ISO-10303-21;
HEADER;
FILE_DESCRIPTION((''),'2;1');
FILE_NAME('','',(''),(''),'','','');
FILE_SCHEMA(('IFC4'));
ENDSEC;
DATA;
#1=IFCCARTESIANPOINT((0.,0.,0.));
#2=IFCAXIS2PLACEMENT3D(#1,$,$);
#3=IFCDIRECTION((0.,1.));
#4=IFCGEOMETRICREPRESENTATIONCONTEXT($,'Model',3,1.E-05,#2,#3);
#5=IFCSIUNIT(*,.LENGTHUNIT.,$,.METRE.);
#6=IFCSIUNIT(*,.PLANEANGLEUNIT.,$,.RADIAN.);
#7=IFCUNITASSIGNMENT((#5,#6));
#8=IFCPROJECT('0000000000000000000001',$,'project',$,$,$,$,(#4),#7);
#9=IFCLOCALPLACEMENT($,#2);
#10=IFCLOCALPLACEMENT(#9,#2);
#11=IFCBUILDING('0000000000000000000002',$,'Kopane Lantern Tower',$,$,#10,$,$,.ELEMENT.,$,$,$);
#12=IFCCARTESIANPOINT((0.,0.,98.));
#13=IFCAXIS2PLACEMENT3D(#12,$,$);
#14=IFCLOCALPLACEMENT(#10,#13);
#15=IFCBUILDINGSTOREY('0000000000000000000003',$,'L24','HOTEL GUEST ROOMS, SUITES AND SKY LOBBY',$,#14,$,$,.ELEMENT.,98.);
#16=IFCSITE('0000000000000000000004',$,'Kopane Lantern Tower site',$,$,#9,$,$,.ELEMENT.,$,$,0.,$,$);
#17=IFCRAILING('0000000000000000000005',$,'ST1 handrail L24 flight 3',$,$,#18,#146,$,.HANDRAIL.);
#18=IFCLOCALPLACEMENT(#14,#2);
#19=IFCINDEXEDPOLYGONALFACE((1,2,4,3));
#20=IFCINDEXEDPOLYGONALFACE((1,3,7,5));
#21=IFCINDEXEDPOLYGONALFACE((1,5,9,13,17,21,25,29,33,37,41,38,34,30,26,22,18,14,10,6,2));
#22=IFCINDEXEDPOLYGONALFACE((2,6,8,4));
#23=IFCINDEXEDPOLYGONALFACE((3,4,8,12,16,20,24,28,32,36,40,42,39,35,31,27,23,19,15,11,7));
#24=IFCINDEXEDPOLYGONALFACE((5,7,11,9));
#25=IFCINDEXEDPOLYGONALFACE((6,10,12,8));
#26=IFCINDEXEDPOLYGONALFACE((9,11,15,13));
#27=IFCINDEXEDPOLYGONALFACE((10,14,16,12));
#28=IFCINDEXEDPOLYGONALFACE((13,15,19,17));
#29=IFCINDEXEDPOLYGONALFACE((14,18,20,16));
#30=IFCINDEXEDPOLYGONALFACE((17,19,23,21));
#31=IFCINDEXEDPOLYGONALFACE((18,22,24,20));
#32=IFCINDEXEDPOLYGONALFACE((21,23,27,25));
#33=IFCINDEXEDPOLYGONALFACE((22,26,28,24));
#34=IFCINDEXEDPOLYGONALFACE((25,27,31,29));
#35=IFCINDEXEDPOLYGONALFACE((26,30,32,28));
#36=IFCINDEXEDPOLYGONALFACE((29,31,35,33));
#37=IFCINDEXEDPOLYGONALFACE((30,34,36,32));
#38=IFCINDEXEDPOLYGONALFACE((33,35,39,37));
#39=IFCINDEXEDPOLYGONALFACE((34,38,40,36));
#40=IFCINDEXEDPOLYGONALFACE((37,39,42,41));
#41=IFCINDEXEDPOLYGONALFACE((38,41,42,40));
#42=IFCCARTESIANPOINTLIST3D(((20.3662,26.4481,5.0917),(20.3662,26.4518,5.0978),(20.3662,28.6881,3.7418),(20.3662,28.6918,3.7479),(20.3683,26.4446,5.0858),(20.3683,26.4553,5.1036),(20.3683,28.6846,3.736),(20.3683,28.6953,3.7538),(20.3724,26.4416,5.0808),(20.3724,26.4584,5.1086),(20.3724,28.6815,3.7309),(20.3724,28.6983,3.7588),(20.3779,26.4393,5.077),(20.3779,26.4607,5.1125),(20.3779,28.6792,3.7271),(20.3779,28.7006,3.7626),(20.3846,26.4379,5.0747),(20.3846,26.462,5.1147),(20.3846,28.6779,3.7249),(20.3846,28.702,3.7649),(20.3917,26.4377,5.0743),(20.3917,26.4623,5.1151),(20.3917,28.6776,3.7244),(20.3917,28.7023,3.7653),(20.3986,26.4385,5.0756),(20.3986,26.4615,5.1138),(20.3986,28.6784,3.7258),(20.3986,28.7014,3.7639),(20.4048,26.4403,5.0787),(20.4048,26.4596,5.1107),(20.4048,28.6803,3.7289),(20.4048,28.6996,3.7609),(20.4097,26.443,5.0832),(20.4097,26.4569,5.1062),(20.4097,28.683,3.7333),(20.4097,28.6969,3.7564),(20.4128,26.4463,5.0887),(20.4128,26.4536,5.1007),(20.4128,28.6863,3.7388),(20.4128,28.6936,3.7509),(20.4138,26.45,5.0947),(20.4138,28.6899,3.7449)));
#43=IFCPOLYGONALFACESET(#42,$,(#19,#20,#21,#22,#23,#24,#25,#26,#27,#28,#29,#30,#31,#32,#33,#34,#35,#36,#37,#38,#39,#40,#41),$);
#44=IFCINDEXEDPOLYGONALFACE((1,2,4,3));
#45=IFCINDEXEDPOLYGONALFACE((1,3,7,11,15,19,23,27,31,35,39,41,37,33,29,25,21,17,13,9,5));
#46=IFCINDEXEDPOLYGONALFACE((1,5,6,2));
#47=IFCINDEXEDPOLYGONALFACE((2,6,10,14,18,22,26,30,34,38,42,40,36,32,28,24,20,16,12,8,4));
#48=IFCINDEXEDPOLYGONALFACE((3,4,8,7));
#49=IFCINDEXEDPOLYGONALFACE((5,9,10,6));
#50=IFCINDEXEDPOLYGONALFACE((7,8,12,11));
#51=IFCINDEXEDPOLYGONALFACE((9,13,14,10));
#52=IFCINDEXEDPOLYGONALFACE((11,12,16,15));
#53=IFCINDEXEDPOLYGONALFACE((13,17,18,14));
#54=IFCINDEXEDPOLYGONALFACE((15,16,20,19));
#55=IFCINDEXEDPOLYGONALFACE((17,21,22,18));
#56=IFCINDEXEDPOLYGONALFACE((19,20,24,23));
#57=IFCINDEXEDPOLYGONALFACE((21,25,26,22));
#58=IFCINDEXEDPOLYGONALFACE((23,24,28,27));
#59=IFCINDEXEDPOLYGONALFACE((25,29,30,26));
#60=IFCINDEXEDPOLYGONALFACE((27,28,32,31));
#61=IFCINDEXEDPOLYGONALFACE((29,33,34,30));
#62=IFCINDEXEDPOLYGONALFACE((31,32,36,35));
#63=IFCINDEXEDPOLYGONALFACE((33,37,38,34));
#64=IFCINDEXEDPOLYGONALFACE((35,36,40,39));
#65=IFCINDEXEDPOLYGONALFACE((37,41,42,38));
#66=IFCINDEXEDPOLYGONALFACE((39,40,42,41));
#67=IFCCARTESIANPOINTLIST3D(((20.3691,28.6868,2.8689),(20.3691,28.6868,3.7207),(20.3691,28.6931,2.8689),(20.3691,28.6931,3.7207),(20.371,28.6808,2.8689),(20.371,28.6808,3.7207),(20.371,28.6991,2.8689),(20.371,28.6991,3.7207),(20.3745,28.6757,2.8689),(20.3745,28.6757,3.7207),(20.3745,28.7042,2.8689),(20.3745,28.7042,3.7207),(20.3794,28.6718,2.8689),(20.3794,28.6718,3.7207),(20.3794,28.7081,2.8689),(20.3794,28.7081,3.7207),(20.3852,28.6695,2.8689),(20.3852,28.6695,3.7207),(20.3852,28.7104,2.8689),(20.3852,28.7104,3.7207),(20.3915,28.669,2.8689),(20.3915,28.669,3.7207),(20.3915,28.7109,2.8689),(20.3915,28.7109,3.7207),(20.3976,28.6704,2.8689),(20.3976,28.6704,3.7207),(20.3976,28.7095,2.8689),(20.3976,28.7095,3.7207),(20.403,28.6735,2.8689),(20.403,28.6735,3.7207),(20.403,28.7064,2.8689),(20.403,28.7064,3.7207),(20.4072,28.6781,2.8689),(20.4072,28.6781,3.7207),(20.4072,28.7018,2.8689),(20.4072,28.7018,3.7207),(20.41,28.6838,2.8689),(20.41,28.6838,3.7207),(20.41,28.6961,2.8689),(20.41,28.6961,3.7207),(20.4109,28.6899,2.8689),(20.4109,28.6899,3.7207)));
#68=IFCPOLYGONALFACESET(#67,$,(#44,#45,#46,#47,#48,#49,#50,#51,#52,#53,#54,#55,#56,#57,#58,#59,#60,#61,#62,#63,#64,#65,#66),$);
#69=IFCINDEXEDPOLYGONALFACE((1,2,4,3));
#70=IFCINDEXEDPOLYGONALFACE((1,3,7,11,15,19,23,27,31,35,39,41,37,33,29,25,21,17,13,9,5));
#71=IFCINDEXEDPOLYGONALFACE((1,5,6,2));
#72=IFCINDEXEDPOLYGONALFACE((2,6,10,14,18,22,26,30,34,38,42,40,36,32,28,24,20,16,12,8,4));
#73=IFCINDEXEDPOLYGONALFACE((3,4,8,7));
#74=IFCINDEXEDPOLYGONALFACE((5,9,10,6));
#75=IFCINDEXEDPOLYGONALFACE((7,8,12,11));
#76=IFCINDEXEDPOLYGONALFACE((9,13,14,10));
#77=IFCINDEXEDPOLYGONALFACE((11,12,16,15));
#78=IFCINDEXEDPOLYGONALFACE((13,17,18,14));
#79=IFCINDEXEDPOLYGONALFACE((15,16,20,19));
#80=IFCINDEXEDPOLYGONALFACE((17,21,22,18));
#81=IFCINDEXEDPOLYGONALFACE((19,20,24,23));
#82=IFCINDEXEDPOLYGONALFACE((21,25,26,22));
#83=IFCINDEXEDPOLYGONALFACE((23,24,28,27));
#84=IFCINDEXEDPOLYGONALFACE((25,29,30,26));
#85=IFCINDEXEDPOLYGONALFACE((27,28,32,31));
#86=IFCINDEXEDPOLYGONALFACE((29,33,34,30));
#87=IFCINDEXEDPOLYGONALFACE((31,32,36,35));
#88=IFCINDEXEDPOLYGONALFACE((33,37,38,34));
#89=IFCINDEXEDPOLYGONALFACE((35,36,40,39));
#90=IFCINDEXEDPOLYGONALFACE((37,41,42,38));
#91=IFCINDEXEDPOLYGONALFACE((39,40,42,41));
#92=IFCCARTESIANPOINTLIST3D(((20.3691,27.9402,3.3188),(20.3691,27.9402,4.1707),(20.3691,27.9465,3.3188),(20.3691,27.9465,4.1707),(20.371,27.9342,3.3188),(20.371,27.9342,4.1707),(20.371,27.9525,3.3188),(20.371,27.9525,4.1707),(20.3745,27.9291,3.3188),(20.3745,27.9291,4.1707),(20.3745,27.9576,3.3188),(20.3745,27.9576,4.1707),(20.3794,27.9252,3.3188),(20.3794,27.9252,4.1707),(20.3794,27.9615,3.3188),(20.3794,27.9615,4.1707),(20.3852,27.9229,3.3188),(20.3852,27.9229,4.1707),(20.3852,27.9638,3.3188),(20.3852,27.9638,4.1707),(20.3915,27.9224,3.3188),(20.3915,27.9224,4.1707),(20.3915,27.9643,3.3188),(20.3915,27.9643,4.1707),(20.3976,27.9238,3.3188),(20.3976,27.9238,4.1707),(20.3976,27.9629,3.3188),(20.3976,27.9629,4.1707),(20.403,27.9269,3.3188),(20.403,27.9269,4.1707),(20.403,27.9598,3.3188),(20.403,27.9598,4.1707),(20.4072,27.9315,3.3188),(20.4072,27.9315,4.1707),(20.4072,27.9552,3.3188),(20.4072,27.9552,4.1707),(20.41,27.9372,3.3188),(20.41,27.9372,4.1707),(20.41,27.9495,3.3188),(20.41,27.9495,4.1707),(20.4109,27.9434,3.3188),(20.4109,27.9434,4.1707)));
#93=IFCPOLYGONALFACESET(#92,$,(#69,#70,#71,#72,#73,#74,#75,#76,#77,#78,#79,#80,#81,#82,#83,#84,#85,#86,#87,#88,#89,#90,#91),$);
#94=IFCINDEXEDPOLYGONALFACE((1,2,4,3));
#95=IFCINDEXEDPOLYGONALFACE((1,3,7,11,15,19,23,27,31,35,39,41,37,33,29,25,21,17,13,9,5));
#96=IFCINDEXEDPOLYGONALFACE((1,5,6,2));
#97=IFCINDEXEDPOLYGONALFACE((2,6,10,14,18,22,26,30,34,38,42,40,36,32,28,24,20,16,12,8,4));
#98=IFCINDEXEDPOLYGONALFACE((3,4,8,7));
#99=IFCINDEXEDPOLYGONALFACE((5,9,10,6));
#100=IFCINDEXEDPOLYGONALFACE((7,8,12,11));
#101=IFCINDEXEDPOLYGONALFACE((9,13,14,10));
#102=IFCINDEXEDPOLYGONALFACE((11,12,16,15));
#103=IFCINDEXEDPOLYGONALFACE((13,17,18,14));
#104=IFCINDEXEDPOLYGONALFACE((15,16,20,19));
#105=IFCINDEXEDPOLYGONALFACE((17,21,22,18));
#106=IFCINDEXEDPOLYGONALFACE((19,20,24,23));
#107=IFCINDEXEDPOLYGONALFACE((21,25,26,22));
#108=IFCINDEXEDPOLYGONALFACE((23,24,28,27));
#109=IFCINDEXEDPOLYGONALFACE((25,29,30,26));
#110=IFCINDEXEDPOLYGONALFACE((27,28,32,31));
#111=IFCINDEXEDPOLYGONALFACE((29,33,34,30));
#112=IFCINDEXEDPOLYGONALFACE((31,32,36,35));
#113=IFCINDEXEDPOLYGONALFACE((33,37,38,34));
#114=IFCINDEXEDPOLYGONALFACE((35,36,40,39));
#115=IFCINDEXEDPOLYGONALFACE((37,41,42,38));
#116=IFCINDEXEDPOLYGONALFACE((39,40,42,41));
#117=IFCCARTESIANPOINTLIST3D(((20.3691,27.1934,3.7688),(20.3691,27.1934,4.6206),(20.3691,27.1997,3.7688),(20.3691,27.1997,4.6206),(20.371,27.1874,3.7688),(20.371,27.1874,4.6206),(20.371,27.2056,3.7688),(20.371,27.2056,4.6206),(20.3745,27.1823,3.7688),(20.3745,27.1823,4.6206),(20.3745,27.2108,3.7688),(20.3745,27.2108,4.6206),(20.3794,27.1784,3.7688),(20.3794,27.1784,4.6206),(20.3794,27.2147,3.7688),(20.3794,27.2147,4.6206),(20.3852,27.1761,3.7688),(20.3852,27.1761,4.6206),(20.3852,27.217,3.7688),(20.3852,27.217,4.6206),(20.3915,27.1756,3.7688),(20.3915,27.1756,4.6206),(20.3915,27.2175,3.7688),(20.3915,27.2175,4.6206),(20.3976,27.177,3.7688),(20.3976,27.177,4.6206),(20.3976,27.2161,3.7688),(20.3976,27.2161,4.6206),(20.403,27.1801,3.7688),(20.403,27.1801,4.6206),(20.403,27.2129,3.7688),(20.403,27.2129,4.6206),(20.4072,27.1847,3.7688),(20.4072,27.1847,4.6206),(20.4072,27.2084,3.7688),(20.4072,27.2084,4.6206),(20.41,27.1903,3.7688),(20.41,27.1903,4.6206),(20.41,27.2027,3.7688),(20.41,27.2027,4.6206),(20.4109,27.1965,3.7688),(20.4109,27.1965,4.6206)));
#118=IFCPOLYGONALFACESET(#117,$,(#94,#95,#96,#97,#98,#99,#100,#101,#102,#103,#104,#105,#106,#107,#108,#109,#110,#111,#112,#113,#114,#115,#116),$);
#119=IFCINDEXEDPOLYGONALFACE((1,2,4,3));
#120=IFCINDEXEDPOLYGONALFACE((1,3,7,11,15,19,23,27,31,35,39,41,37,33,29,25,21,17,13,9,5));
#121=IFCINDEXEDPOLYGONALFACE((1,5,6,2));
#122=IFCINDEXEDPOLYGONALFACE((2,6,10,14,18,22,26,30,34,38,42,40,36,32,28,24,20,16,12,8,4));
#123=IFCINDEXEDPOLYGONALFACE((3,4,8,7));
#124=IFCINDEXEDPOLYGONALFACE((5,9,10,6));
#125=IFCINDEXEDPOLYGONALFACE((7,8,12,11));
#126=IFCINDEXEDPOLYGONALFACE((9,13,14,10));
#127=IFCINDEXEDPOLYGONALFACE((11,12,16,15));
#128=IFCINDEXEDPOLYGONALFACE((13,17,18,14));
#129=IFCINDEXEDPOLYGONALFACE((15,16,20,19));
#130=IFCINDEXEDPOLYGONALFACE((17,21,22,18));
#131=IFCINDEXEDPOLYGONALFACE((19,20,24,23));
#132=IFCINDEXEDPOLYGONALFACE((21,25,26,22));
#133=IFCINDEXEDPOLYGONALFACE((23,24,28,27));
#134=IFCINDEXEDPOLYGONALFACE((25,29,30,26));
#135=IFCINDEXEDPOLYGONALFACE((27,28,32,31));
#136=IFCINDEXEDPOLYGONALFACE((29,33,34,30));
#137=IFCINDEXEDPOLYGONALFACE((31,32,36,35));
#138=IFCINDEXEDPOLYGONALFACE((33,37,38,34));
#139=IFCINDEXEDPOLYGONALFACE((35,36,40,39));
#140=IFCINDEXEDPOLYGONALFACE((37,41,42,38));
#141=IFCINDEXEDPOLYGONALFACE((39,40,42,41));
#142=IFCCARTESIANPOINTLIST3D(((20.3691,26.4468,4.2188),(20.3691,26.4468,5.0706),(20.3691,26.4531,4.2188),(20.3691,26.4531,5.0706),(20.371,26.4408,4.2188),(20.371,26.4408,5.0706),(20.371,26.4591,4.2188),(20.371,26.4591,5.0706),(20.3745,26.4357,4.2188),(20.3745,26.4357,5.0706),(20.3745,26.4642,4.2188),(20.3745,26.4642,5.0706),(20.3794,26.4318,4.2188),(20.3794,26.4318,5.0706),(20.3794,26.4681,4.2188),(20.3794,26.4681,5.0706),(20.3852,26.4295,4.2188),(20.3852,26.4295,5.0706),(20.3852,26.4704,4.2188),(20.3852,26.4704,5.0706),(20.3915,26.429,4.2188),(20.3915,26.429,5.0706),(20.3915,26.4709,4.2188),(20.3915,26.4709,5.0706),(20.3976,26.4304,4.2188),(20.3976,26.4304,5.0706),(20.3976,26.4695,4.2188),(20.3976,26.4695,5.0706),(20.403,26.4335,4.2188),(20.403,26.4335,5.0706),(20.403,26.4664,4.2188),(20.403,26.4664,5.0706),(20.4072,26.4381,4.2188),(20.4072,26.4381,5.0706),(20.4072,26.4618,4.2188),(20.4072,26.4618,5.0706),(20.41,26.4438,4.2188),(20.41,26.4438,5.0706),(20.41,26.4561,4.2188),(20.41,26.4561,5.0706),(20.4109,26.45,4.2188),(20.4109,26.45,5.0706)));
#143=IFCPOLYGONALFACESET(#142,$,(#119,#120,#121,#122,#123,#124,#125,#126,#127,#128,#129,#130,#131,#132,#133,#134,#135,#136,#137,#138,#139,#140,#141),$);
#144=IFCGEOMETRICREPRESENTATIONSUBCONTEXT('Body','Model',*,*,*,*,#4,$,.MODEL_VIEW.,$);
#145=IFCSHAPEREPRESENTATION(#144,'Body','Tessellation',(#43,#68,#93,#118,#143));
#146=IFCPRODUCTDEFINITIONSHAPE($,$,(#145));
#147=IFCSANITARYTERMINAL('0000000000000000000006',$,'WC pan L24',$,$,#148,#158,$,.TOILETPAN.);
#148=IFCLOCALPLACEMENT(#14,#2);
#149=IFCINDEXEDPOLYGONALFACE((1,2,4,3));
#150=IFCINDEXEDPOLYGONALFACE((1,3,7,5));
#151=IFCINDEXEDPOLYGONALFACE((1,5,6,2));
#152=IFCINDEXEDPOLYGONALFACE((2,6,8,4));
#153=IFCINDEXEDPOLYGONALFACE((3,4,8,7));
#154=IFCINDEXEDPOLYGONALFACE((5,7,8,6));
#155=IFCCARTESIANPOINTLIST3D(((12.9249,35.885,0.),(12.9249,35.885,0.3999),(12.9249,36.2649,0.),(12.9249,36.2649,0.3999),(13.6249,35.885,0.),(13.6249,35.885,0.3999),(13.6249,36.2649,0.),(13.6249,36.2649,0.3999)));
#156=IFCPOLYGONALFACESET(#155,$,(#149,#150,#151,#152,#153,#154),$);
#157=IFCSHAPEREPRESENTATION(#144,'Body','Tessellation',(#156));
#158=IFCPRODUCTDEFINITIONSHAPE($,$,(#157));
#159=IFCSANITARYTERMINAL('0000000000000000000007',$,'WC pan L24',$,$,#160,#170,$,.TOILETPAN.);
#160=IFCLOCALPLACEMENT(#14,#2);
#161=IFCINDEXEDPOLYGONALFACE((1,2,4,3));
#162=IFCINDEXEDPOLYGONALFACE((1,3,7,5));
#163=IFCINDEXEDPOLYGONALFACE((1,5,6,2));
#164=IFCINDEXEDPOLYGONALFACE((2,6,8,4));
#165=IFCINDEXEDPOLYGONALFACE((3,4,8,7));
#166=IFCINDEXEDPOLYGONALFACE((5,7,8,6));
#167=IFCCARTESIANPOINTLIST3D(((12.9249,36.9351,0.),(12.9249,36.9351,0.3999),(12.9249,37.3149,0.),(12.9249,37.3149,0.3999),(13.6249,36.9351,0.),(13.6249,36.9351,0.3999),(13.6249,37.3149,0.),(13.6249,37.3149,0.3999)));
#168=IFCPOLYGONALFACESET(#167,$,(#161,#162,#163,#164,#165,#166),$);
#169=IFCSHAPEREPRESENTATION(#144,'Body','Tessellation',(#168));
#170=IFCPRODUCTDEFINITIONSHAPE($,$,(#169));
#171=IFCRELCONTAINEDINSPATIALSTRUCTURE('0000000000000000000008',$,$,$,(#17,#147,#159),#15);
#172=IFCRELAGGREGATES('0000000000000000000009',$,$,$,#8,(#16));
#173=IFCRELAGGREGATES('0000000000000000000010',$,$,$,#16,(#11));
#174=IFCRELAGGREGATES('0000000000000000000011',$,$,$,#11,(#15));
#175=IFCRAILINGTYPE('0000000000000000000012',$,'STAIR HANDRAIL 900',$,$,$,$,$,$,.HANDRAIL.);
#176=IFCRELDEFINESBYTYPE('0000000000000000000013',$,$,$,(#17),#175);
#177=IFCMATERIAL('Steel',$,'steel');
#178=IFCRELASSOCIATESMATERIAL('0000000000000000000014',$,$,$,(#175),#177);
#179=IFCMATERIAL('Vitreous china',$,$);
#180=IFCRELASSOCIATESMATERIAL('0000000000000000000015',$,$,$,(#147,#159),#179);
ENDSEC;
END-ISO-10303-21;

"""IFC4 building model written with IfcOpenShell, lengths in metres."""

from ifc_helpers import new_model, si_unit, direction, frame, origin, origin_2d, place, context, subcontext, project, spatial, rectangle, circle, extrude, material, type_object, element, save


model = new_model("IFC4")

# Units and contexts
model_context = context("Model", 3, precision=1e-05, world=origin(), true_north=direction((0.0, 1.0)))
body_context = subcontext(model_context, "Body", "Model", "MODEL_VIEW")
ifc_project = project(units=[si_unit("LENGTHUNIT", "METRE"), si_unit("PLANEANGLEUNIT", "RADIAN")], contexts=[model_context])

# Site, building, storey
site_placement = place(None, origin())
site = spatial("IfcSite", under=ifc_project, at=site_placement, Name="Kopane Lantern Tower site", CompositionType="ELEMENT", RefElevation=0.0)
building_placement = place(site_placement, origin())
building = spatial("IfcBuilding", under=site, at=building_placement, Name="Kopane Lantern Tower", CompositionType="ELEMENT")
storey_placement = place(building_placement, frame((0.0, 0.0, 98.0)))
storey = spatial("IfcBuildingStorey", under=building, at=storey_placement, Name="L24", Description="HOTEL GUEST ROOMS, SUITES AND SKY LOBBY", CompositionType="ELEMENT", Elevation=98.0)

# Railing
ifc_material_1 = material(Name="Steel", Category="steel")
railing_type_1 = type_object("IfcRailingType", Name="STAIR HANDRAIL 900", PredefinedType="HANDRAIL", material=ifc_material_1)
railing_1_placement = place(storey_placement, frame((20.3899, 28.6899, 2.8689)))
element("IfcRailing", 1, at=railing_1_placement, inside=storey, type_object=railing_type_1, Name="ST1 handrail L24 flight 3", PredefinedType="HANDRAIL", context=body_context, shape_type="SweptSolid", body=[
    extrude(circle(Radius=0.0239, at=origin_2d()), frame((0.0, 0.0, 0.876), z_axis=(0.0, -0.856503, 0.516142), x_axis=(1.0, 0.0, 0.0)), (0.0, 0.0, 1.0), 2.6152),
    extrude(circle(Radius=0.021, at=origin_2d()), origin(), (0.0, 0.0, 1.0), 0.8518),
    extrude(circle(Radius=0.021, at=origin_2d()), frame((0.0, -0.7466, 0.45)), (0.0, 0.0, 1.0), 0.8518),
    extrude(circle(Radius=0.021, at=origin_2d()), frame((0.0, -1.4934, 0.8999)), (0.0, 0.0, 1.0), 0.8518),
    extrude(circle(Radius=0.021, at=origin_2d()), frame((0.0, -2.24, 1.3499)), (0.0, 0.0, 1.0), 0.8518),
])

# Sanitary terminals
ifc_material_2 = material(Name="Vitreous china")
for number, where, z_axis, x_axis, name in (
    (2, (13.2749, 36.075, 0.0), (0.0, 0.0, 1.0), (1.0, 0.0, 0.0), "WC pan L24"),
    (3, (13.2749, 37.125, 0.0), (0.0, 0.0, 1.0), (1.0, 0.0, 0.0), "WC pan L24"),
):
    element("IfcSanitaryTerminal", number, at=place(storey_placement, frame(where, z_axis=z_axis, x_axis=x_axis)), inside=storey, material=ifc_material_2, Name=name, PredefinedType="TOILETPAN", context=body_context, shape_type="SweptSolid", body=[
        extrude(rectangle(XDim=0.7, YDim=0.3799, at=origin_2d()), origin(), (0.0, 0.0, 1.0), 0.3999),
    ])

save(model, "model.ifc")
